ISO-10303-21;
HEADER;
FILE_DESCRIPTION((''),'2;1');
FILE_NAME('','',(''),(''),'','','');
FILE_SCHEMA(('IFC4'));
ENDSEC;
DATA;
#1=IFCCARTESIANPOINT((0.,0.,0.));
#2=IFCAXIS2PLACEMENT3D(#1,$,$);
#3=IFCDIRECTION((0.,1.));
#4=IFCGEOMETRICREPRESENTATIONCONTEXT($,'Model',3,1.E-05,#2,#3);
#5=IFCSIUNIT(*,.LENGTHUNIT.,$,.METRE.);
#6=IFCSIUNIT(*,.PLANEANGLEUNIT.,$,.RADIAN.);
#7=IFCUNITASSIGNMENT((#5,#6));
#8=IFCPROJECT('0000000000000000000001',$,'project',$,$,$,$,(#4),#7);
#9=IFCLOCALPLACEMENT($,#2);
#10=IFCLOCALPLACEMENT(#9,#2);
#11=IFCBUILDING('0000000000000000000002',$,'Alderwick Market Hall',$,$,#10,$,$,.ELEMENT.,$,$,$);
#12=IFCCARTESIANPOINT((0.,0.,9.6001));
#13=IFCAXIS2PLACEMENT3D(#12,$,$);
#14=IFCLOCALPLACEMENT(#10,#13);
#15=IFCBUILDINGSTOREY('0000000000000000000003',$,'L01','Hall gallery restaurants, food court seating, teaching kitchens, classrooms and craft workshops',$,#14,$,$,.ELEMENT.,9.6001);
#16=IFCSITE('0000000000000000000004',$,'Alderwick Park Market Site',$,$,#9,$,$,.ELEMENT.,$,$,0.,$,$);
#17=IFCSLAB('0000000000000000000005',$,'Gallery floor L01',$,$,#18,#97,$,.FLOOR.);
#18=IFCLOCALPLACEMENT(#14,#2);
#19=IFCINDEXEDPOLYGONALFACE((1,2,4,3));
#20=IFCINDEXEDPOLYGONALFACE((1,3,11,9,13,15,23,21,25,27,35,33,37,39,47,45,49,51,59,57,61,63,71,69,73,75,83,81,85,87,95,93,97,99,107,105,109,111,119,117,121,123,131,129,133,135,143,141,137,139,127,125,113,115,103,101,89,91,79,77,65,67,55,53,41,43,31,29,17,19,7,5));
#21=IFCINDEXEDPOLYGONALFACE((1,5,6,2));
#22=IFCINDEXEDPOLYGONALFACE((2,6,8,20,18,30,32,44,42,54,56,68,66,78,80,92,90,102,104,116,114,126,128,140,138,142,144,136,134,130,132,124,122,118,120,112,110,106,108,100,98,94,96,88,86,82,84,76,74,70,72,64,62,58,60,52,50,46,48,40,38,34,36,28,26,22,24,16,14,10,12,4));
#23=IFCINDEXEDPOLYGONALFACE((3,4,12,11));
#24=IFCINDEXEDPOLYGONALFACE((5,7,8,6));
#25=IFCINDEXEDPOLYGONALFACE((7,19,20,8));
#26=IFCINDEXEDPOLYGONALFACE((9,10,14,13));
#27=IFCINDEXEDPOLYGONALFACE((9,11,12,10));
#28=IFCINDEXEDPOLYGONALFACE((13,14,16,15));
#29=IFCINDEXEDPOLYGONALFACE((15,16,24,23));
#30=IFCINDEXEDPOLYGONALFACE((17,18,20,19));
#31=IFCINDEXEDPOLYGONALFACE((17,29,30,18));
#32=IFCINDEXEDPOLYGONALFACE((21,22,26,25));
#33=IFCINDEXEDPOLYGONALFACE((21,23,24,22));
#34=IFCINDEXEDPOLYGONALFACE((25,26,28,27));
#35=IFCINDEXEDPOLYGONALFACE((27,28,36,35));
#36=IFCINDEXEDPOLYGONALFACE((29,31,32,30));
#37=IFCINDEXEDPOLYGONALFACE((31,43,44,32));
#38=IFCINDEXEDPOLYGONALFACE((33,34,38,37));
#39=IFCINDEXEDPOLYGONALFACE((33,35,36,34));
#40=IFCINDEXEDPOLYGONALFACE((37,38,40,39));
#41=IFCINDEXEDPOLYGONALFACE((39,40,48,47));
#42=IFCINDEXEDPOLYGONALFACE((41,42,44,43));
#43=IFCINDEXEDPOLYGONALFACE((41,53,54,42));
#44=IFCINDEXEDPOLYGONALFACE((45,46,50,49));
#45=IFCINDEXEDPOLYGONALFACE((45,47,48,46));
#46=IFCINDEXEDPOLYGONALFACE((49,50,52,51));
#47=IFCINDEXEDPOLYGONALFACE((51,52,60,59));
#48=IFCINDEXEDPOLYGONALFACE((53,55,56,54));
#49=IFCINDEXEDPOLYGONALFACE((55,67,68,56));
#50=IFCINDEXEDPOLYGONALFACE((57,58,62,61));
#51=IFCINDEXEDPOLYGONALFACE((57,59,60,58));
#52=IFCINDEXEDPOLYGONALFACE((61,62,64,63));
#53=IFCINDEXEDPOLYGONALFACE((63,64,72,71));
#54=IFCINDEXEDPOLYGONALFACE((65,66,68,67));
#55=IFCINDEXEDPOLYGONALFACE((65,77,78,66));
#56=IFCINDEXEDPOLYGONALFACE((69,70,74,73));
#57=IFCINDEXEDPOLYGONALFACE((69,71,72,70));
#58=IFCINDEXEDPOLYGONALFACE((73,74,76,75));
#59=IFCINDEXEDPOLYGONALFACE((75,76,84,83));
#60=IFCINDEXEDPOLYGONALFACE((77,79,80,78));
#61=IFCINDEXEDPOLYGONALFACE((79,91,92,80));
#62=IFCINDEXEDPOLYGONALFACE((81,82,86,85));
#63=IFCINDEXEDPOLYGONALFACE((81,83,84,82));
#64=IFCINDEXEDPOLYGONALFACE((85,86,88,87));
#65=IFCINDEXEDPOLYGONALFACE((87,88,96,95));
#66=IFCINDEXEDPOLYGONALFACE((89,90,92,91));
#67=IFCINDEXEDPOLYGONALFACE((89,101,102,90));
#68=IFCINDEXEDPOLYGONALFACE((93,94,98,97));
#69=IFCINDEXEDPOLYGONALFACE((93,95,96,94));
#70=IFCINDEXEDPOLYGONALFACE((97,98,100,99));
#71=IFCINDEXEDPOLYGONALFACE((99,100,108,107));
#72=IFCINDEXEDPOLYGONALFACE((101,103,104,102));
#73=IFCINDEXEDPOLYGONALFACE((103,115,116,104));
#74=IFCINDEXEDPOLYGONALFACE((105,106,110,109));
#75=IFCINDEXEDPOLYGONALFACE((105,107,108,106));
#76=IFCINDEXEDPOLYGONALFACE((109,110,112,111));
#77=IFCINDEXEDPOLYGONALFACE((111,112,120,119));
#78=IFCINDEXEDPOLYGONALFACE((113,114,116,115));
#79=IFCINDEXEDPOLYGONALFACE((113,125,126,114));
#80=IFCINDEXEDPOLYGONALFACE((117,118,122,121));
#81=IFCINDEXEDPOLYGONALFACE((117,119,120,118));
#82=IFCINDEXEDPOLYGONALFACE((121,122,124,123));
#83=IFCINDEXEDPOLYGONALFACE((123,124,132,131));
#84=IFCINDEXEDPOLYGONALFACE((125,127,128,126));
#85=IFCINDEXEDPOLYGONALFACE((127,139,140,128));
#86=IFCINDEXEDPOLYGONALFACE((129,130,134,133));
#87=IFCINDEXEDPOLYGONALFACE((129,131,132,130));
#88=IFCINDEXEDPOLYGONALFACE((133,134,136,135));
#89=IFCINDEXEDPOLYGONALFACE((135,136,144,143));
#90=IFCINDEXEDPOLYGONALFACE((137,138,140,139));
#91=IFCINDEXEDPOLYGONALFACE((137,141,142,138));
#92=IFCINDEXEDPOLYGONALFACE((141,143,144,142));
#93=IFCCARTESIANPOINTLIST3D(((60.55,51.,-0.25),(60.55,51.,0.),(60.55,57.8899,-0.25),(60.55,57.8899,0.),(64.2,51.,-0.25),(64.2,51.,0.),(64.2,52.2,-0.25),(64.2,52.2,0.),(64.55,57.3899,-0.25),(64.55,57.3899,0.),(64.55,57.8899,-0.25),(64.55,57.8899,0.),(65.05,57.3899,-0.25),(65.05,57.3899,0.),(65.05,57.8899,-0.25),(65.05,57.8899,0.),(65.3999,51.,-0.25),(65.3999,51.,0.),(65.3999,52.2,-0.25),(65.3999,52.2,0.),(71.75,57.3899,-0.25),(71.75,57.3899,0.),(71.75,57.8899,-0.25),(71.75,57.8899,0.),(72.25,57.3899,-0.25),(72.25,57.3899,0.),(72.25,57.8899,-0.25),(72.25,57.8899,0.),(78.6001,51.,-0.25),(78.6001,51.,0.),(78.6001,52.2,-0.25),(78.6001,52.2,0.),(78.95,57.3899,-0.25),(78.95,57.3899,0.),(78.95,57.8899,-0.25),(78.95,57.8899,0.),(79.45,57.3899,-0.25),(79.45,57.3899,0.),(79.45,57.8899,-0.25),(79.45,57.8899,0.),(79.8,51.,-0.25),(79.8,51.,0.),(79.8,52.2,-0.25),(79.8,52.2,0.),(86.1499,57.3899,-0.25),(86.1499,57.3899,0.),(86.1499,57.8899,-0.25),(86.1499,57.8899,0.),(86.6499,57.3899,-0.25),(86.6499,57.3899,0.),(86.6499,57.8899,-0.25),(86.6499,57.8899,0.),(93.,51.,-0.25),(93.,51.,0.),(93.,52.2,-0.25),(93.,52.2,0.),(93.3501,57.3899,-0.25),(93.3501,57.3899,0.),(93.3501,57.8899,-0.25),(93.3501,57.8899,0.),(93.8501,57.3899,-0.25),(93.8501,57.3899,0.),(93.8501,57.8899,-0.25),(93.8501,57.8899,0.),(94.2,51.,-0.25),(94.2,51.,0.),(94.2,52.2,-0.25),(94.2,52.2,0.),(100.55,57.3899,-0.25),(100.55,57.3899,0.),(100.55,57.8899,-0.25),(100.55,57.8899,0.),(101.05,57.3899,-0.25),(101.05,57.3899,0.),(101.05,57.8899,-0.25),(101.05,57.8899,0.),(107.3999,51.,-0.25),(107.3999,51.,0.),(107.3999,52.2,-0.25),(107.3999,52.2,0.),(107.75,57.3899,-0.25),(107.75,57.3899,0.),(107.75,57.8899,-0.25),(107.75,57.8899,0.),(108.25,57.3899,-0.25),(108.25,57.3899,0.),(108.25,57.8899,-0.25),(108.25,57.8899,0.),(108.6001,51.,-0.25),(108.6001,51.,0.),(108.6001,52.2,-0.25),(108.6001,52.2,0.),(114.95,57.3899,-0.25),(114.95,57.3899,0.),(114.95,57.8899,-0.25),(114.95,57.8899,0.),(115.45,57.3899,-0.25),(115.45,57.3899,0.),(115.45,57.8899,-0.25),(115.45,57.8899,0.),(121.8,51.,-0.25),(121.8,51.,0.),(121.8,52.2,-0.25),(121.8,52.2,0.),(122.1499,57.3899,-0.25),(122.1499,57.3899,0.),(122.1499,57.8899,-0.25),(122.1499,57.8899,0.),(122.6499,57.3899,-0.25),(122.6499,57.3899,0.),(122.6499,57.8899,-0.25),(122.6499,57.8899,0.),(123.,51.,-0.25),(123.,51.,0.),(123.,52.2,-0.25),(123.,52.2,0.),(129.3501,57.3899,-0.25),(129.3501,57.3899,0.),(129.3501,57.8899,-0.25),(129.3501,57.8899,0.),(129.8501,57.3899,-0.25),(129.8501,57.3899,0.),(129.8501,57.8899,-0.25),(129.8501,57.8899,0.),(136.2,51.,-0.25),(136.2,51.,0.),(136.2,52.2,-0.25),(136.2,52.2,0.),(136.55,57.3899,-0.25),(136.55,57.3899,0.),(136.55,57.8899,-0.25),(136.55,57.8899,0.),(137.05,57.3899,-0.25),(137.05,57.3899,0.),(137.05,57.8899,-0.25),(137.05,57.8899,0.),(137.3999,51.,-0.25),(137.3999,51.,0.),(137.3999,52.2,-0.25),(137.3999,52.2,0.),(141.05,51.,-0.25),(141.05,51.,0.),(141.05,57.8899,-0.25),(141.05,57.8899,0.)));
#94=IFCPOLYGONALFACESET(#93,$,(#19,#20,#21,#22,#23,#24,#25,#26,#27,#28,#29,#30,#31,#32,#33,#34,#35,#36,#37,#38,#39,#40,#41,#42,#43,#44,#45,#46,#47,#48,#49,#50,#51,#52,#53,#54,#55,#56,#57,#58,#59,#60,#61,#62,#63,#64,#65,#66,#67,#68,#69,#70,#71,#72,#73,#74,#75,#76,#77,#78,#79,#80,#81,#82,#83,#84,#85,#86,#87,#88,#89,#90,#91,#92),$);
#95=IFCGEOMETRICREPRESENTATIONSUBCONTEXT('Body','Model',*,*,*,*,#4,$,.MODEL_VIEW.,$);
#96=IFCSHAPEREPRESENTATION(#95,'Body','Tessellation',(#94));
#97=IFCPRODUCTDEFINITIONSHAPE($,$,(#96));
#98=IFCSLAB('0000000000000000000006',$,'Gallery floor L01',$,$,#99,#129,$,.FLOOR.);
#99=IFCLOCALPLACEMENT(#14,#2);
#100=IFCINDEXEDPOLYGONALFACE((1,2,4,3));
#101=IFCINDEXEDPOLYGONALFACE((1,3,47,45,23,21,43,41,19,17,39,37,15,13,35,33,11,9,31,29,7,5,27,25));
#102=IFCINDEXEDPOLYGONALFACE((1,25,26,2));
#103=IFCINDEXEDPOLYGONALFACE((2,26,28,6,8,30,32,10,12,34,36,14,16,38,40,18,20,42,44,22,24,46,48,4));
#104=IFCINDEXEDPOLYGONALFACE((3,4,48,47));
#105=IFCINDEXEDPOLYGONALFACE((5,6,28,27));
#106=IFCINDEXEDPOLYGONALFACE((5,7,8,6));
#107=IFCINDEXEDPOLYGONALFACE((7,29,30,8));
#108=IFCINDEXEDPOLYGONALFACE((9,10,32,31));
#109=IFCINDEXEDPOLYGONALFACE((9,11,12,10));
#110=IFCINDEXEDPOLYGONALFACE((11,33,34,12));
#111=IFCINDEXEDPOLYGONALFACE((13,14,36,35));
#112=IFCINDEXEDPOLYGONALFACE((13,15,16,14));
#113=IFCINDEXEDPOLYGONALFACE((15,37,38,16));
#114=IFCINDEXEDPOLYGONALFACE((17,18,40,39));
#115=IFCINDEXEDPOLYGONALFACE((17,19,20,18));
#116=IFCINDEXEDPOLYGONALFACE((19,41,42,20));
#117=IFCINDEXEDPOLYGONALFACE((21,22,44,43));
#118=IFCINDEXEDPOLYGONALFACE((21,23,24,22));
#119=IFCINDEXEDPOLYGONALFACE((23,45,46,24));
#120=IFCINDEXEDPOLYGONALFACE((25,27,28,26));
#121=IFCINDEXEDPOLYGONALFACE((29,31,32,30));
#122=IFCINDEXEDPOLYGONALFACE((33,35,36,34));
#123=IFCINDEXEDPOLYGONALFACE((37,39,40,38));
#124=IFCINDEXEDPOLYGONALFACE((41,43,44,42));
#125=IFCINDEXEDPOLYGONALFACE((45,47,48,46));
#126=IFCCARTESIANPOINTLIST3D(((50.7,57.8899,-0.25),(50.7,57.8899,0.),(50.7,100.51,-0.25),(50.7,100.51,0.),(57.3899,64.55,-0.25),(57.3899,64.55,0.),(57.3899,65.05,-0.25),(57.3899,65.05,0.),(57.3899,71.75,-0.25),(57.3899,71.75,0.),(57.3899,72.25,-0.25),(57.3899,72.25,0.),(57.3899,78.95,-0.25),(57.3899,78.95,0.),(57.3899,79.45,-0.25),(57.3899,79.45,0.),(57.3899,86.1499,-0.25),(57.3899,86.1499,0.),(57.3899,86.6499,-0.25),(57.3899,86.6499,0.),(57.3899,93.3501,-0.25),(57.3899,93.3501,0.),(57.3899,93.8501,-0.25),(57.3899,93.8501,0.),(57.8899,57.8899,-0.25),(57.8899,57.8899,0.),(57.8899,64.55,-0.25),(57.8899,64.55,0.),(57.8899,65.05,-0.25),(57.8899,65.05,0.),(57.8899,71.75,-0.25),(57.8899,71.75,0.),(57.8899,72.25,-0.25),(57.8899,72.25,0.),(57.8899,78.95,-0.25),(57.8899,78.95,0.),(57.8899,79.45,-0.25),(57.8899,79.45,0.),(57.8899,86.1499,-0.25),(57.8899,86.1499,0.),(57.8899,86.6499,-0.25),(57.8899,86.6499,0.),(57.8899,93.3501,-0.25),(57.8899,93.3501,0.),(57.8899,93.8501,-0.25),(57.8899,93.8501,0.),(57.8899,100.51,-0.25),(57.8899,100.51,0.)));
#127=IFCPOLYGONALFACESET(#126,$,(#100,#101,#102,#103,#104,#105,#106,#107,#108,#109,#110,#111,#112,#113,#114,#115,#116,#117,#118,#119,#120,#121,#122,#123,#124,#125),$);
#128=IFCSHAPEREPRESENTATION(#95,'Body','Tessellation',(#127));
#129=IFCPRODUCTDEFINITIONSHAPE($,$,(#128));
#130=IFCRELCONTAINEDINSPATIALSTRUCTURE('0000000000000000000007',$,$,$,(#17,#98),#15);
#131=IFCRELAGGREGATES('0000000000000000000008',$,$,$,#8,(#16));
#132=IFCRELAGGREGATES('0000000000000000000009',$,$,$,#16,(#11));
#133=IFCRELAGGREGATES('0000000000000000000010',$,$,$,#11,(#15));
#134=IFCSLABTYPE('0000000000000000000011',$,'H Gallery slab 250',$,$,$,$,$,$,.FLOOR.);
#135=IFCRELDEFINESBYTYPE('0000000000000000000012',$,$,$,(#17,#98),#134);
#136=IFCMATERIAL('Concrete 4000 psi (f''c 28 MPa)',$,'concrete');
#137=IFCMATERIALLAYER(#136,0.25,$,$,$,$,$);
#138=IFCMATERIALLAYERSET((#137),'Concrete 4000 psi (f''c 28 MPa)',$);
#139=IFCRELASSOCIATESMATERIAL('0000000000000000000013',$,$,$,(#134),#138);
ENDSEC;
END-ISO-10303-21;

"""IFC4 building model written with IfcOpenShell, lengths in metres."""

from ifc_helpers import new_model, si_unit, direction, frame, origin, place, context, subcontext, project, spatial, polyline, outline, extrude, material, layer, layer_set, type_object, element, save


model = new_model("IFC4")

# Units and contexts
model_context = context("Model", 3, precision=1e-05, world=origin(), true_north=direction((0.0, 1.0)))
body_context = subcontext(model_context, "Body", "Model", "MODEL_VIEW")
ifc_project = project(units=[si_unit("LENGTHUNIT", "METRE"), si_unit("PLANEANGLEUNIT", "RADIAN")], contexts=[model_context])

# Site, building, storey
site_placement = place(None, origin())
site = spatial("IfcSite", under=ifc_project, at=site_placement, Name="Alderwick Park Market Site", CompositionType="ELEMENT", RefElevation=0.0)
building_placement = place(site_placement, origin())
building = spatial("IfcBuilding", under=site, at=building_placement, Name="Alderwick Market Hall", CompositionType="ELEMENT")
storey_placement = place(building_placement, frame((0.0, 0.0, 9.6001)))
storey = spatial("IfcBuildingStorey", under=building, at=storey_placement, Name="L01", Description="Hall gallery restaurants, food court seating, teaching kitchens, classrooms and craft workshops", CompositionType="ELEMENT", Elevation=9.6001)

# Slabs
ifc_material_1 = material(Name="Concrete 4000 psi (f'c 28 MPa)", Category="concrete")
ifc_layer_1 = layer(ifc_material_1, 0.25)
ifc_layer_set_1 = layer_set([ifc_layer_1], Name="Concrete 4000 psi (f'c 28 MPa)")
slab_type_1 = type_object("IfcSlabType", Name="H Gallery slab 250", PredefinedType="FLOOR", material=ifc_layer_set_1)
slab_1_placement = place(storey_placement, frame((0.0, 0.0, -0.25)))
element("IfcSlab", 1, at=slab_1_placement, inside=storey, type_object=slab_type_1, Name="Gallery floor L01", PredefinedType="FLOOR", context=body_context, shape_type="SweptSolid", body=[
    extrude(outline(polyline([(137.3999, 52.2), (136.2, 52.2), (136.2, 51.0), (123.0, 51.0), (123.0, 52.2), (121.8, 52.2), (121.8, 51.0), (108.6001, 51.0), (108.6001, 52.2), (107.3999, 52.2), (107.3999, 51.0), (94.2, 51.0), (94.2, 52.2), (93.0, 52.2), (93.0, 51.0), (79.8, 51.0), (79.8, 52.2), (78.6001, 52.2), (78.6001, 51.0), (65.3999, 51.0), (65.3999, 52.2), (64.2, 52.2), (64.2, 51.0), (60.55, 51.0), (60.55, 57.8899), (64.55, 57.8899), (64.55, 57.3899), (65.05, 57.3899), (65.05, 57.8899), (71.75, 57.8899), (71.75, 57.3899), (72.25, 57.3899), (72.25, 57.8899), (78.95, 57.8899), (78.95, 57.3899), (79.45, 57.3899), (79.45, 57.8899), (86.1499, 57.8899), (86.1499, 57.3899), (86.6499, 57.3899), (86.6499, 57.8899), (93.3501, 57.8899), (93.3501, 57.3899), (93.8501, 57.3899), (93.8501, 57.8899), (100.55, 57.8899), (100.55, 57.3899), (101.05, 57.3899), (101.05, 57.8899), (107.75, 57.8899), (107.75, 57.3899), (108.25, 57.3899), (108.25, 57.8899), (114.95, 57.8899), (114.95, 57.3899), (115.45, 57.3899), (115.45, 57.8899), (122.1499, 57.8899), (122.1499, 57.3899), (122.6499, 57.3899), (122.6499, 57.8899), (129.3501, 57.8899), (129.3501, 57.3899), (129.8501, 57.3899), (129.8501, 57.8899), (136.55, 57.8899), (136.55, 57.3899), (137.05, 57.3899), (137.05, 57.8899), (141.05, 57.8899), (141.05, 51.0), (137.3999, 51.0), (137.3999, 52.2)])), origin(), (0.0, 0.0, 1.0), 0.25),
])
slab_2_placement = place(storey_placement, frame((0.0, 0.0, -0.25)))
element("IfcSlab", 2, at=slab_2_placement, inside=storey, type_object=slab_type_1, Name="Gallery floor L01", PredefinedType="FLOOR", context=body_context, shape_type="SweptSolid", body=[
    extrude(outline(polyline([(57.8899, 93.8501), (57.3899, 93.8501), (57.3899, 93.3501), (57.8899, 93.3501), (57.8899, 86.6499), (57.3899, 86.6499), (57.3899, 86.1499), (57.8899, 86.1499), (57.8899, 79.45), (57.3899, 79.45), (57.3899, 78.95), (57.8899, 78.95), (57.8899, 72.25), (57.3899, 72.25), (57.3899, 71.75), (57.8899, 71.75), (57.8899, 65.05), (57.3899, 65.05), (57.3899, 64.55), (57.8899, 64.55), (57.8899, 57.8899), (50.7, 57.8899), (50.7, 100.51), (57.8899, 100.51), (57.8899, 93.8501)])), origin(), (0.0, 0.0, 1.0), 0.25),
])

save(model, "model.ifc")
